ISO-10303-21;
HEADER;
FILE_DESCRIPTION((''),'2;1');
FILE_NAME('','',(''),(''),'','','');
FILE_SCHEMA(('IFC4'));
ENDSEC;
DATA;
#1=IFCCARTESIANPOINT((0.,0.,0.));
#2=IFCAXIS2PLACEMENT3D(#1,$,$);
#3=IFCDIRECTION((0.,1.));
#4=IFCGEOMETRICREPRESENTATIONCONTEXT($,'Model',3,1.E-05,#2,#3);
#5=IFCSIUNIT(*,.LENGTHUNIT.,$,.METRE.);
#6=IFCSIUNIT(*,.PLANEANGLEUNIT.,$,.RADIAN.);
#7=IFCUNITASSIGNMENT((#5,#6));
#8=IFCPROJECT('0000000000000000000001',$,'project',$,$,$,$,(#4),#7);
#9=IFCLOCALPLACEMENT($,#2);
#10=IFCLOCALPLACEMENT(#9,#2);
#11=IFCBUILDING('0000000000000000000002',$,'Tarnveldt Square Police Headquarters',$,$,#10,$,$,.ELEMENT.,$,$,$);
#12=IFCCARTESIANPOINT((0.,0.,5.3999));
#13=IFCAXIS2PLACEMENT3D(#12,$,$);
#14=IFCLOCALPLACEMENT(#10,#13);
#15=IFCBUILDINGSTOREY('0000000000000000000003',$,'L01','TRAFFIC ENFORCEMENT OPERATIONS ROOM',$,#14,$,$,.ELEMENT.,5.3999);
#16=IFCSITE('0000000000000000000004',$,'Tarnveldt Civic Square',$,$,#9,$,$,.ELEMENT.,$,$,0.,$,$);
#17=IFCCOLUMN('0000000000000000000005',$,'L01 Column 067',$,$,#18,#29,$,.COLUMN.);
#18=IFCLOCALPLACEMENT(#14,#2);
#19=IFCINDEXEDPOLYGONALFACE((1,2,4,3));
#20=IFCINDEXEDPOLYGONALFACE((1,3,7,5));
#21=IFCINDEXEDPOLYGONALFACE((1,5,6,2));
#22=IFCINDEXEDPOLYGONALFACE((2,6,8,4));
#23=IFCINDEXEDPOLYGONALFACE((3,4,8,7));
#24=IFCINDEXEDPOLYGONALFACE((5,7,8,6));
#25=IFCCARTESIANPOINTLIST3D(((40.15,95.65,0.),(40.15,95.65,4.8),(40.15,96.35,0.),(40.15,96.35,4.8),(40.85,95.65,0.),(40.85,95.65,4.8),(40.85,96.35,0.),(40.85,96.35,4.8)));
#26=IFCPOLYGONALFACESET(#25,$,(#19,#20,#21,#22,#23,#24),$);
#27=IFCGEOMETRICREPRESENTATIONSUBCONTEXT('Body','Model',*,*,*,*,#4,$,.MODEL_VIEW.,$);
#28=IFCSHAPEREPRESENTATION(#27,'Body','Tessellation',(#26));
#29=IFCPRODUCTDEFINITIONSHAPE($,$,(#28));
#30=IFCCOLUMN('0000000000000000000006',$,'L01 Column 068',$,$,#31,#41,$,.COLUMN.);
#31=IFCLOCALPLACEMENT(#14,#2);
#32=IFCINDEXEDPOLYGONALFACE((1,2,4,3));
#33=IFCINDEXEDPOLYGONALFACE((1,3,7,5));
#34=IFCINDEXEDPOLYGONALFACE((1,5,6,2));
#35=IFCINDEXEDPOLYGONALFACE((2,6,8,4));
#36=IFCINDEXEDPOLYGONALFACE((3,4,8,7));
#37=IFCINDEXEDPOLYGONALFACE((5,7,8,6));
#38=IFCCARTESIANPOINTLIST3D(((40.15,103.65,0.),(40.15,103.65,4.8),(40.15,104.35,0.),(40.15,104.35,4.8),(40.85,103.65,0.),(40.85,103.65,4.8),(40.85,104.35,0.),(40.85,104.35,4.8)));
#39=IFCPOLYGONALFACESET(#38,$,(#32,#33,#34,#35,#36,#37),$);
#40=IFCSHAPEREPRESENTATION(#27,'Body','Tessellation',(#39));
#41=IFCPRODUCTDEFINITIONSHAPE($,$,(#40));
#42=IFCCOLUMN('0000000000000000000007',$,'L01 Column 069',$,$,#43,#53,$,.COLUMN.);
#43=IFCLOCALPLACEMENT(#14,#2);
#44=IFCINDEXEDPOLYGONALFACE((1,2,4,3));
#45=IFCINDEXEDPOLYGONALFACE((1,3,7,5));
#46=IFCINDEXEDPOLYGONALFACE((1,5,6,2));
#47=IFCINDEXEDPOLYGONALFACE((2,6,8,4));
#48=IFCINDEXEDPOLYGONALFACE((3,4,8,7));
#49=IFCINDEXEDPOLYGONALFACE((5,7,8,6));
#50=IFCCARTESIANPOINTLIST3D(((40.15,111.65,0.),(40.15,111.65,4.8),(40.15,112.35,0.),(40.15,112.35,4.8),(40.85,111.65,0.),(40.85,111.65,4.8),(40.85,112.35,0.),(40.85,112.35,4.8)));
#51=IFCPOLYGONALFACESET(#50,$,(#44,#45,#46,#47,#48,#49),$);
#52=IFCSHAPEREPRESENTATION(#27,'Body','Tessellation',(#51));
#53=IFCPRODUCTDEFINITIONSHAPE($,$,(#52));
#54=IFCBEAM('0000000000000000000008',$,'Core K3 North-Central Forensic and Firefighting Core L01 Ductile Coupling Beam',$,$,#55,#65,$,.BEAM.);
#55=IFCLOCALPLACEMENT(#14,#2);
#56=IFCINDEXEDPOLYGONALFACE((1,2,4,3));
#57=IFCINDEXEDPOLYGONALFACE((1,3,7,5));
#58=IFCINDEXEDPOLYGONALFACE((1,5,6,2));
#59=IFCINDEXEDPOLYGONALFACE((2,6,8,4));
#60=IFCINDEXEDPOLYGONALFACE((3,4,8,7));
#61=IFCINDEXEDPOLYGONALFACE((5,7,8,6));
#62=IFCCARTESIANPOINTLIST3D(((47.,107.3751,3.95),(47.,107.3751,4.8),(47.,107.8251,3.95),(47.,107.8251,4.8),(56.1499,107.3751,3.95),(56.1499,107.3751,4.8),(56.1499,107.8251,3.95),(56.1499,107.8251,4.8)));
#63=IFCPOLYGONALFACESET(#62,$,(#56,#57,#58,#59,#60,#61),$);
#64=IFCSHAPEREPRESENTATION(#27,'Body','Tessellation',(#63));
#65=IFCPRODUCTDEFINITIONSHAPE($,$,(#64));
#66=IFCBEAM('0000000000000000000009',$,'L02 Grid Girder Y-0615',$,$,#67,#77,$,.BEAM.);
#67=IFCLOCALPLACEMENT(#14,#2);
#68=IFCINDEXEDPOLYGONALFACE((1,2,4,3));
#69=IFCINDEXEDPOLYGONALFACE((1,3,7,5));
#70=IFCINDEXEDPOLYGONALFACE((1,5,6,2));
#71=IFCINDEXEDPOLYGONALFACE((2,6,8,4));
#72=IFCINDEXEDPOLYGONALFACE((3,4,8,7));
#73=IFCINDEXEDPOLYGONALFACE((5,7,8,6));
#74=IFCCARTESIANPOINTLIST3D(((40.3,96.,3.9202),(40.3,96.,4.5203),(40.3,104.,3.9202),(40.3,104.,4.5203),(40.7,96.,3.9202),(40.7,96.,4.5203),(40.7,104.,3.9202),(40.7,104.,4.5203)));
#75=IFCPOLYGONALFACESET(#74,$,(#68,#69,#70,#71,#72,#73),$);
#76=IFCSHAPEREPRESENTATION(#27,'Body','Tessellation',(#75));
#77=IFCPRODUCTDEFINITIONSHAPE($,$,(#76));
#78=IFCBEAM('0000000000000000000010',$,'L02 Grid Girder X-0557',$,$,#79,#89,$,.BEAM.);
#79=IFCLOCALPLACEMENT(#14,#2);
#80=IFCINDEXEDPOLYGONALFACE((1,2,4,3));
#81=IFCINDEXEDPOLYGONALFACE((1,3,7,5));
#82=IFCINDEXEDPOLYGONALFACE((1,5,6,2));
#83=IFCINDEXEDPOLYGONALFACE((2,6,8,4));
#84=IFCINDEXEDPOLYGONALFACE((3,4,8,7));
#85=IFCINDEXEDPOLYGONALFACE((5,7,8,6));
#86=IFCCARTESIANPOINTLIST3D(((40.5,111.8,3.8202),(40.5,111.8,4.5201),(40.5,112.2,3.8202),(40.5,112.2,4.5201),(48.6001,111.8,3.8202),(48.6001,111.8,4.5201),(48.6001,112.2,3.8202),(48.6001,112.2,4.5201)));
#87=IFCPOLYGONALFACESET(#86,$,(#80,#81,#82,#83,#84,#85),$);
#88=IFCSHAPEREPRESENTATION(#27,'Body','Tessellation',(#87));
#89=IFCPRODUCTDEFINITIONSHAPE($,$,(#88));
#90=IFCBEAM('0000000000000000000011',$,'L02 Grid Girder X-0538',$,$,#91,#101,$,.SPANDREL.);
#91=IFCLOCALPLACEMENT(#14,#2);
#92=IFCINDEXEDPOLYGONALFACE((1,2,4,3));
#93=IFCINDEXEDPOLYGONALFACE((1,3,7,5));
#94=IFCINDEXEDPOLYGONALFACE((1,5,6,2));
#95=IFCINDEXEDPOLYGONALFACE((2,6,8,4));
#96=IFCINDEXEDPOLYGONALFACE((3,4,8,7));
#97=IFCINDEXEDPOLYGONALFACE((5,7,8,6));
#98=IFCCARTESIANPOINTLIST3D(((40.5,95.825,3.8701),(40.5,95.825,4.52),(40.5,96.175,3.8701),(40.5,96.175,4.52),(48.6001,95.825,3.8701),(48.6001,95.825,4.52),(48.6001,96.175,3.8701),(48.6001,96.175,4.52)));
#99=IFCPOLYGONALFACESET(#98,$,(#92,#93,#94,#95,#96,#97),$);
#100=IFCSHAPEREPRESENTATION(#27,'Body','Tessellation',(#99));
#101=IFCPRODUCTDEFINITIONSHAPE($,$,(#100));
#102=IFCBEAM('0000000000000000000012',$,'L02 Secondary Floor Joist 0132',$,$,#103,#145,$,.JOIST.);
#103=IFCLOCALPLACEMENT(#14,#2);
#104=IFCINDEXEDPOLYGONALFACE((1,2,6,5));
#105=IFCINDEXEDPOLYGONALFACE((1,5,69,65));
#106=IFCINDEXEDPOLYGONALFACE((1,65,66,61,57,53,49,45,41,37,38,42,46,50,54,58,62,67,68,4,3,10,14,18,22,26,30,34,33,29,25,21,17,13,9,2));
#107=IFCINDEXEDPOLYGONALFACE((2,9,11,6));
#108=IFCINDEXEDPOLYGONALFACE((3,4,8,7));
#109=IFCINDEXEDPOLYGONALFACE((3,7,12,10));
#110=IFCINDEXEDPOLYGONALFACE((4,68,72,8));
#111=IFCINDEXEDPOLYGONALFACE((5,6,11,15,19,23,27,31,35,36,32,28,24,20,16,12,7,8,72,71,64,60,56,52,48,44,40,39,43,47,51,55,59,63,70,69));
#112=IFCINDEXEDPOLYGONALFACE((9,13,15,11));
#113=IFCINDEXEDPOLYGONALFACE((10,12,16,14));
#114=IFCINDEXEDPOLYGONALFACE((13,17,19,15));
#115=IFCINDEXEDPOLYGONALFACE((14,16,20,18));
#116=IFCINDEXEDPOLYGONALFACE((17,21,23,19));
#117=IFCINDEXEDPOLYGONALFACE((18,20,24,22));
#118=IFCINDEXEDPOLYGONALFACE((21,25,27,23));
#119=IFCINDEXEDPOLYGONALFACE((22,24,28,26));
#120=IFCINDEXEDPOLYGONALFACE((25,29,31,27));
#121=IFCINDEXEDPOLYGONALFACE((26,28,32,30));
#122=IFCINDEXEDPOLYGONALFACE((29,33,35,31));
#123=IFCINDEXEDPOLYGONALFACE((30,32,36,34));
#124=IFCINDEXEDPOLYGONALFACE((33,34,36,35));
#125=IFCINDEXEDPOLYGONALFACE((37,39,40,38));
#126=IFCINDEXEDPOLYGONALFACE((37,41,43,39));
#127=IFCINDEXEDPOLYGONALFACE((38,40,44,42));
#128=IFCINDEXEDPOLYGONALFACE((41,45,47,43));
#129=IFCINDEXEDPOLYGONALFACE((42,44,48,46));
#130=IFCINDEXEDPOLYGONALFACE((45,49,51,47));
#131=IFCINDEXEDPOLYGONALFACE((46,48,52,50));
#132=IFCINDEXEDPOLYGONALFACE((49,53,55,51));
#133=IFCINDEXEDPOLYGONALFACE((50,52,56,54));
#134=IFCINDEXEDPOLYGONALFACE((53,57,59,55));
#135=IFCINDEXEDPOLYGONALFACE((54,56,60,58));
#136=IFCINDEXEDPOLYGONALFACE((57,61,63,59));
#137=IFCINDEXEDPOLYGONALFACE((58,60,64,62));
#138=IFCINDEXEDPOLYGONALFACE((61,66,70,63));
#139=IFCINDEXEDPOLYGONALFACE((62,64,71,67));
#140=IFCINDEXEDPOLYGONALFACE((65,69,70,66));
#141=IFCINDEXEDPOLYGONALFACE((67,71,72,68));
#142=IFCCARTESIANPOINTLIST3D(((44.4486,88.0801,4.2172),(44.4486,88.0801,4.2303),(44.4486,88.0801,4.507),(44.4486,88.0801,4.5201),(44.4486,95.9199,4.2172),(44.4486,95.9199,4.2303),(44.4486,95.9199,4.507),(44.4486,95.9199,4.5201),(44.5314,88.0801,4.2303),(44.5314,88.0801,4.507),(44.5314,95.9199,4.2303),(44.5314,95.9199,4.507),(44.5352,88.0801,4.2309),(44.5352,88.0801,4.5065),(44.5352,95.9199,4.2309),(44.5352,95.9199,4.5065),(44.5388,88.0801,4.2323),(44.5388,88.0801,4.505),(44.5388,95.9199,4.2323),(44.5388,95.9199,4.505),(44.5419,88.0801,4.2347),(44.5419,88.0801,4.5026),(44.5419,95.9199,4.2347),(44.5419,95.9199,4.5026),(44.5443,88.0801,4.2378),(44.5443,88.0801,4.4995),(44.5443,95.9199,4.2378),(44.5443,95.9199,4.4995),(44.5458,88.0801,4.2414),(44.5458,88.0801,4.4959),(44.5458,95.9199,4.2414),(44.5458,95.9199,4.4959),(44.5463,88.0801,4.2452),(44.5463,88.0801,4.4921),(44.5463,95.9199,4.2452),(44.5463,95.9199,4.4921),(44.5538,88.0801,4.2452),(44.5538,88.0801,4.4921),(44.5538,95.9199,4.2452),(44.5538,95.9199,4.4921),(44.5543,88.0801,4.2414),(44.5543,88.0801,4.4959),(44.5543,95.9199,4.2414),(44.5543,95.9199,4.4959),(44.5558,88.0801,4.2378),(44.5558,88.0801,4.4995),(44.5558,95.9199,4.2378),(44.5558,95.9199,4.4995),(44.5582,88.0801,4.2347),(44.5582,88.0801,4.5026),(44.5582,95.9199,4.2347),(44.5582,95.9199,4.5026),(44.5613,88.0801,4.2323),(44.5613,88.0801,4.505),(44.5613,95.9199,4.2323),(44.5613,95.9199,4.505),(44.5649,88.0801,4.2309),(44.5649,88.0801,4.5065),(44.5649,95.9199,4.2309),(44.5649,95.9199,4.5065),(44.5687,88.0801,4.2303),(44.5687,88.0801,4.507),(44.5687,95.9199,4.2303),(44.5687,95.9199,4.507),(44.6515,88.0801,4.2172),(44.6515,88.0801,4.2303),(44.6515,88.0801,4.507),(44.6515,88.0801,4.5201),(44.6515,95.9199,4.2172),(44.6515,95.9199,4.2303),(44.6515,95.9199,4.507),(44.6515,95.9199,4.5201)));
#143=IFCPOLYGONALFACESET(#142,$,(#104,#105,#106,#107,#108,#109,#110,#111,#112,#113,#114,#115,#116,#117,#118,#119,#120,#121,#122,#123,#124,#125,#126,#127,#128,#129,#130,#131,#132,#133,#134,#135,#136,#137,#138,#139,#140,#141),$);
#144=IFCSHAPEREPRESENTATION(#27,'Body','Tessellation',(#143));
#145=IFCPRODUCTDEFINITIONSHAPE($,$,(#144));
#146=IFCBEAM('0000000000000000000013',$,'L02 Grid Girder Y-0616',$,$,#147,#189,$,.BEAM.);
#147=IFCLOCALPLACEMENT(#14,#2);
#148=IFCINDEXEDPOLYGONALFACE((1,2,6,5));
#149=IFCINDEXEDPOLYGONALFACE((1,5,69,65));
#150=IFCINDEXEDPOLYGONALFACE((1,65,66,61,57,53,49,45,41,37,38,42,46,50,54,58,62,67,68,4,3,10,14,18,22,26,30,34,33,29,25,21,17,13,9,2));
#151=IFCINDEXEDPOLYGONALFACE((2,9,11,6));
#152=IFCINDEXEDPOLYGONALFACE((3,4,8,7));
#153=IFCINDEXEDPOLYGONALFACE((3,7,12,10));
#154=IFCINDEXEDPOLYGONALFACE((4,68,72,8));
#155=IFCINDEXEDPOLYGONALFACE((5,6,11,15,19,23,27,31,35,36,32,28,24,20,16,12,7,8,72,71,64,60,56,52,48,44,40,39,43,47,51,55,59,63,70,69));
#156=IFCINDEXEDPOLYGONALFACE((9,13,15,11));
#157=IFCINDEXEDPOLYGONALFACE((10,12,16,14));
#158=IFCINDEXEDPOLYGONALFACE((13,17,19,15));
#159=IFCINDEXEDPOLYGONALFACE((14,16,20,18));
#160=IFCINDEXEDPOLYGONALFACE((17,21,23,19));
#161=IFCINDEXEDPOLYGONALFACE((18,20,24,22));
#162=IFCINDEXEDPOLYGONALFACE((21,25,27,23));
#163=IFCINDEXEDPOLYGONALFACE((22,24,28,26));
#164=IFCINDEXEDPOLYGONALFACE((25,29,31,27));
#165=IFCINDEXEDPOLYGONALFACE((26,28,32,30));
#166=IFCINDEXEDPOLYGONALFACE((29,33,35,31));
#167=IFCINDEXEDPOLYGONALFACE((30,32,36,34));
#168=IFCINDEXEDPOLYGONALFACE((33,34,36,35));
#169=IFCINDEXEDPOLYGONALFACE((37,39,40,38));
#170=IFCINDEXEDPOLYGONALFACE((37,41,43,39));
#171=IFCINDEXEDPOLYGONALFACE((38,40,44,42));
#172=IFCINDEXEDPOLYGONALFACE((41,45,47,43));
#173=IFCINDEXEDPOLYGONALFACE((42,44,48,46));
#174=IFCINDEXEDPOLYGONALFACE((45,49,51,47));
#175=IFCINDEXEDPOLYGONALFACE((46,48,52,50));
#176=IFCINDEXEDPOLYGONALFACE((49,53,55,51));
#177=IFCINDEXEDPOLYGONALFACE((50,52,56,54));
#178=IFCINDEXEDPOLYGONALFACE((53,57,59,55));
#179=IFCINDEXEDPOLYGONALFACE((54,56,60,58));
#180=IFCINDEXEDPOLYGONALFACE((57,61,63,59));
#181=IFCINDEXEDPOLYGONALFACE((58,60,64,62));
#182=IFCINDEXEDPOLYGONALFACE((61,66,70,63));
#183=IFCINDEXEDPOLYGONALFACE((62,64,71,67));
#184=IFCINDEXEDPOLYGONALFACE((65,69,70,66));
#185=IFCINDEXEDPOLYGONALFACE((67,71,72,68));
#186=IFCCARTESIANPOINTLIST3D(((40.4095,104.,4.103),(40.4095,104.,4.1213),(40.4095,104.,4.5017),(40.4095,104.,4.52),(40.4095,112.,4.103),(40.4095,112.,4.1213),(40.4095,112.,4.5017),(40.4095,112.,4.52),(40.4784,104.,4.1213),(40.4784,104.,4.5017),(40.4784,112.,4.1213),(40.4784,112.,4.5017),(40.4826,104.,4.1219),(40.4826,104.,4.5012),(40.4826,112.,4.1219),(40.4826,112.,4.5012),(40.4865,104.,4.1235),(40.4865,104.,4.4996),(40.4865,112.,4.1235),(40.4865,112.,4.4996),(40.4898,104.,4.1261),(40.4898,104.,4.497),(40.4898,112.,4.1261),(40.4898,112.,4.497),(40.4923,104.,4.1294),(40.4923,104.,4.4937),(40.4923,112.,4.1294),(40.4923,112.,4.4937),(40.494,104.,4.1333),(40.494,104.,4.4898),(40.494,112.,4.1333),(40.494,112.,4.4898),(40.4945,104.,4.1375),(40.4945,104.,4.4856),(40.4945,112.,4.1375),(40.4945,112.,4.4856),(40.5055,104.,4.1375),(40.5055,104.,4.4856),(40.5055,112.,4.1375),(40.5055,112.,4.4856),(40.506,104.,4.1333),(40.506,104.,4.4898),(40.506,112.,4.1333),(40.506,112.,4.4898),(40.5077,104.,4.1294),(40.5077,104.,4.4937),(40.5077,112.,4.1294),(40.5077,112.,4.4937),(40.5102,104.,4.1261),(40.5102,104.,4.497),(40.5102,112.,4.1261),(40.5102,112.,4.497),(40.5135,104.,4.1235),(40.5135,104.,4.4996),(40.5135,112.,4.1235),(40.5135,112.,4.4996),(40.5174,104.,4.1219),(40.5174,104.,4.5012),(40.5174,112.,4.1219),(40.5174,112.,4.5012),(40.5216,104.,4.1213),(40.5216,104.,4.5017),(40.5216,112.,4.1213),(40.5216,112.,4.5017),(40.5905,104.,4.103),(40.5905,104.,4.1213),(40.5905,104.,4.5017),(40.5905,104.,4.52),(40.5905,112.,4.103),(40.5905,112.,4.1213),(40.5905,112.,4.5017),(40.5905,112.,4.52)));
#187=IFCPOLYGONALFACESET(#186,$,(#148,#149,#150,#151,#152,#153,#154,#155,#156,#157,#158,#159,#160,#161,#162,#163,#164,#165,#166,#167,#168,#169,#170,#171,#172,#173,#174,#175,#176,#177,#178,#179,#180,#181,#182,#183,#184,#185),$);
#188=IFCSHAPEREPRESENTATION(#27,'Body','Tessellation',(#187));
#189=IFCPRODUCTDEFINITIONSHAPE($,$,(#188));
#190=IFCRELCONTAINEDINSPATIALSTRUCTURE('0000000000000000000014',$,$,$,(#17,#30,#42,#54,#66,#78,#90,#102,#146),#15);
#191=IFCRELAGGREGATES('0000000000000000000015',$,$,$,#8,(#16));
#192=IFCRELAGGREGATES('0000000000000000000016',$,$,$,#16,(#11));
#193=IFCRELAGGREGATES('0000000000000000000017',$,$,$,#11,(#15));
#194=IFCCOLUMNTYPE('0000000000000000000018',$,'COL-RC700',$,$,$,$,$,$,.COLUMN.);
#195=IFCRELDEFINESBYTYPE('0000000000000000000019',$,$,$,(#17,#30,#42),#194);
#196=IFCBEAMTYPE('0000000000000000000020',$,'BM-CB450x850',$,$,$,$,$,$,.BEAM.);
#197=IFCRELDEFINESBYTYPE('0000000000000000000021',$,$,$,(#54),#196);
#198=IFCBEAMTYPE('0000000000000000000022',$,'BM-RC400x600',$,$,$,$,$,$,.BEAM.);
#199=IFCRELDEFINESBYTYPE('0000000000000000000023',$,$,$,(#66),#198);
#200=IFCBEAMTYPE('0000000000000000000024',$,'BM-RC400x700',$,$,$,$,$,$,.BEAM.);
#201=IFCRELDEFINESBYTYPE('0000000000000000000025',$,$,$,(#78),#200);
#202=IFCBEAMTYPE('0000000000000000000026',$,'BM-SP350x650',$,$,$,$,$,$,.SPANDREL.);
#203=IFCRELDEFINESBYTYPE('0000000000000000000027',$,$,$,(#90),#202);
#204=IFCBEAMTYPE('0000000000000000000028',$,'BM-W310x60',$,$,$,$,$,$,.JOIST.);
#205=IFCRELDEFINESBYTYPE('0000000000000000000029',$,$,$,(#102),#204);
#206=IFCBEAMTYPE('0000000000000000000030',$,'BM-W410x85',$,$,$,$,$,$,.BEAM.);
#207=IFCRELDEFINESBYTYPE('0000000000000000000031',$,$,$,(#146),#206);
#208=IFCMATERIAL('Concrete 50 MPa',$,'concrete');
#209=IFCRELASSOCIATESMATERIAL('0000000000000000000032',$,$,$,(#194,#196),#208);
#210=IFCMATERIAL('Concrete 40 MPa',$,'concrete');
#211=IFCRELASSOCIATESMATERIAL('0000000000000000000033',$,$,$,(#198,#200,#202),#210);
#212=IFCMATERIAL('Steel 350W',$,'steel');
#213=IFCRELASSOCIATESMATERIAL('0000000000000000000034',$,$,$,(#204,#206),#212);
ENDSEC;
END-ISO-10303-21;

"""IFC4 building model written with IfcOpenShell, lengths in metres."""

from ifc_helpers import new_model, si_unit, direction, frame, origin, origin_2d, place, context, subcontext, project, spatial, rectangle, i_section, extrude, material, material_profile, profile_set, type_object, element, save


model = new_model("IFC4")

# Units and contexts
model_context = context("Model", 3, precision=1e-05, world=origin(), true_north=direction((0.0, 1.0)))
body_context = subcontext(model_context, "Body", "Model", "MODEL_VIEW")
ifc_project = project(units=[si_unit("LENGTHUNIT", "METRE"), si_unit("PLANEANGLEUNIT", "RADIAN")], contexts=[model_context])

# Site, building, storey
site_placement = place(None, origin())
site = spatial("IfcSite", under=ifc_project, at=site_placement, Name="Tarnveldt Civic Square", CompositionType="ELEMENT", RefElevation=0.0)
building_placement = place(site_placement, origin())
building = spatial("IfcBuilding", under=site, at=building_placement, Name="Tarnveldt Square Police Headquarters", CompositionType="ELEMENT")
storey_placement = place(building_placement, frame((0.0, 0.0, 5.3999)))
storey = spatial("IfcBuildingStorey", under=building, at=storey_placement, Name="L01", Description="TRAFFIC ENFORCEMENT OPERATIONS ROOM", CompositionType="ELEMENT", Elevation=5.3999)

# Columns
ifc_material_1 = material(Name="Concrete 50 MPa", Category="concrete")
ifc_material_profile_1 = material_profile(ifc_material_1, rectangle(XDim=0.7, YDim=0.7, at=origin_2d()), Name="RC-C700x700")
ifc_profile_set_1 = profile_set([ifc_material_profile_1], Name="Concrete 50 MPa")
column_type = type_object("IfcColumnType", Name="COL-RC700", PredefinedType="COLUMN", material=ifc_profile_set_1)
for number, where, z_axis, x_axis, name in (
    (1, (40.5, 96.0, 0.0), (0.0, 0.0, 1.0), (1.0, 0.0, 0.0), "L01 Column 067"),
    (2, (40.5, 104.0, 0.0), (0.0, 0.0, 1.0), (1.0, 0.0, 0.0), "L01 Column 068"),
    (3, (40.5, 112.0, 0.0), (0.0, 0.0, 1.0), (1.0, 0.0, 0.0), "L01 Column 069"),
):
    element("IfcColumn", number, at=place(storey_placement, frame(where, z_axis=z_axis, x_axis=x_axis)), inside=storey, type_object=column_type, Name=name, PredefinedType="COLUMN", context=body_context, shape_type="SweptSolid", body=[
        extrude(rectangle(XDim=0.7, YDim=0.7, at=origin_2d()), origin(), (0.0, 0.0, 1.0), 4.8),
    ])

# Beams
ifc_material_profile_2 = material_profile(ifc_material_1, rectangle(XDim=0.45, YDim=0.8501, at=origin_2d()), Name="RC-CB450x850")
ifc_profile_set_2 = profile_set([ifc_material_profile_2], Name="Concrete 50 MPa")
beam_type_1 = type_object("IfcBeamType", Name="BM-CB450x850", PredefinedType="BEAM", material=ifc_profile_set_2)
beam_1_placement = place(storey_placement, frame((47.0, 107.6001, 4.375), z_axis=(1.0, 0.0, 0.0), x_axis=(0.0, 1.0, 0.0)))
element("IfcBeam", 4, at=beam_1_placement, inside=storey, type_object=beam_type_1, Name="Core K3 North-Central Forensic and Firefighting Core L01 Ductile Coupling Beam", PredefinedType="BEAM", context=body_context, shape_type="SweptSolid", body=[
    extrude(rectangle(XDim=0.45, YDim=0.8501, at=origin_2d()), origin(), (0.0, 0.0, 1.0), 9.1499),
])
ifc_material_2 = material(Name="Concrete 40 MPa", Category="concrete")
ifc_material_profile_3 = material_profile(ifc_material_2, rectangle(XDim=0.3999, YDim=0.6001, at=origin_2d()), Name="RC-B400x600")
ifc_profile_set_3 = profile_set([ifc_material_profile_3], Name="Concrete 40 MPa")
beam_type_2 = type_object("IfcBeamType", Name="BM-RC400x600", PredefinedType="BEAM", material=ifc_profile_set_3)
beam_2_placement = place(storey_placement, frame((40.5, 96.0, 4.2202), z_axis=(0.0, 1.0, 0.0), x_axis=(-1.0, 0.0, 0.0)))
element("IfcBeam", 5, at=beam_2_placement, inside=storey, type_object=beam_type_2, Name="L02 Grid Girder Y-0615", PredefinedType="BEAM", context=body_context, shape_type="SweptSolid", body=[
    extrude(rectangle(XDim=0.3999, YDim=0.6001, at=origin_2d()), origin(), (0.0, 0.0, 1.0), 8.0),
])
ifc_material_profile_4 = material_profile(ifc_material_2, rectangle(XDim=0.3999, YDim=0.7, at=origin_2d()), Name="RC-B400x700")
ifc_profile_set_4 = profile_set([ifc_material_profile_4], Name="Concrete 40 MPa")
beam_type_3 = type_object("IfcBeamType", Name="BM-RC400x700", PredefinedType="BEAM", material=ifc_profile_set_4)
beam_3_placement = place(storey_placement, frame((40.5, 112.0, 4.1702), z_axis=(1.0, 0.0, 0.0), x_axis=(0.0, 1.0, 0.0)))
element("IfcBeam", 6, at=beam_3_placement, inside=storey, type_object=beam_type_3, Name="L02 Grid Girder X-0557", PredefinedType="BEAM", context=body_context, shape_type="SweptSolid", body=[
    extrude(rectangle(XDim=0.3999, YDim=0.7, at=origin_2d()), origin(), (0.0, 0.0, 1.0), 8.1001),
])
ifc_material_profile_5 = material_profile(ifc_material_2, rectangle(XDim=0.3501, YDim=0.6499, at=origin_2d()), Name="RC-SP350x650")
ifc_profile_set_5 = profile_set([ifc_material_profile_5], Name="Concrete 40 MPa")
beam_type_4 = type_object("IfcBeamType", Name="BM-SP350x650", PredefinedType="SPANDREL", material=ifc_profile_set_5)
beam_4_placement = place(storey_placement, frame((40.5, 96.0, 4.1951), z_axis=(1.0, 0.0, 0.0), x_axis=(0.0, 1.0, 0.0)))
element("IfcBeam", 7, at=beam_4_placement, inside=storey, type_object=beam_type_4, Name="L02 Grid Girder X-0538", PredefinedType="SPANDREL", context=body_context, shape_type="SweptSolid", body=[
    extrude(rectangle(XDim=0.3501, YDim=0.6499, at=origin_2d()), origin(), (0.0, 0.0, 1.0), 8.1001),
])
ifc_material_3 = material(Name="Steel 350W", Category="steel")
ifc_material_profile_6 = material_profile(ifc_material_3, i_section(OverallWidth=0.2029, OverallDepth=0.303, WebThickness=0.0076, FlangeThickness=0.0132, FilletRadius=0.0149, at=origin_2d()), Name="W310x60")
ifc_profile_set_6 = profile_set([ifc_material_profile_6], Name="Steel 350W")
beam_type_5 = type_object("IfcBeamType", Name="BM-W310x60", PredefinedType="JOIST", material=ifc_profile_set_6)
beam_5_placement = place(storey_placement, frame((44.55, 88.0801, 4.3687), z_axis=(0.0, 1.0, 0.0), x_axis=(-1.0, 0.0, 0.0)))
element("IfcBeam", 8, at=beam_5_placement, inside=storey, type_object=beam_type_5, Name="L02 Secondary Floor Joist 0132", PredefinedType="JOIST", context=body_context, shape_type="SweptSolid", body=[
    extrude(i_section(OverallWidth=0.2029, OverallDepth=0.303, WebThickness=0.0076, FlangeThickness=0.0132, FilletRadius=0.0149, at=origin_2d()), origin(), (0.0, 0.0, 1.0), 7.8398),
])
ifc_material_profile_7 = material_profile(ifc_material_3, i_section(OverallWidth=0.1809, OverallDepth=0.417, WebThickness=0.011, FlangeThickness=0.0183, FilletRadius=0.0161, at=origin_2d()), Name="W410x85")
ifc_profile_set_7 = profile_set([ifc_material_profile_7], Name="Steel 350W")
beam_type_6 = type_object("IfcBeamType", Name="BM-W410x85", PredefinedType="BEAM", material=ifc_profile_set_7)
beam_6_placement = place(storey_placement, frame((40.5, 104.0, 4.3115), z_axis=(0.0, 1.0, 0.0), x_axis=(-1.0, 0.0, 0.0)))
element("IfcBeam", 9, at=beam_6_placement, inside=storey, type_object=beam_type_6, Name="L02 Grid Girder Y-0616", PredefinedType="BEAM", context=body_context, shape_type="SweptSolid", body=[
    extrude(i_section(OverallWidth=0.1809, OverallDepth=0.417, WebThickness=0.011, FlangeThickness=0.0183, FilletRadius=0.0161, at=origin_2d()), origin(), (0.0, 0.0, 1.0), 8.0),
])

save(model, "model.ifc")
